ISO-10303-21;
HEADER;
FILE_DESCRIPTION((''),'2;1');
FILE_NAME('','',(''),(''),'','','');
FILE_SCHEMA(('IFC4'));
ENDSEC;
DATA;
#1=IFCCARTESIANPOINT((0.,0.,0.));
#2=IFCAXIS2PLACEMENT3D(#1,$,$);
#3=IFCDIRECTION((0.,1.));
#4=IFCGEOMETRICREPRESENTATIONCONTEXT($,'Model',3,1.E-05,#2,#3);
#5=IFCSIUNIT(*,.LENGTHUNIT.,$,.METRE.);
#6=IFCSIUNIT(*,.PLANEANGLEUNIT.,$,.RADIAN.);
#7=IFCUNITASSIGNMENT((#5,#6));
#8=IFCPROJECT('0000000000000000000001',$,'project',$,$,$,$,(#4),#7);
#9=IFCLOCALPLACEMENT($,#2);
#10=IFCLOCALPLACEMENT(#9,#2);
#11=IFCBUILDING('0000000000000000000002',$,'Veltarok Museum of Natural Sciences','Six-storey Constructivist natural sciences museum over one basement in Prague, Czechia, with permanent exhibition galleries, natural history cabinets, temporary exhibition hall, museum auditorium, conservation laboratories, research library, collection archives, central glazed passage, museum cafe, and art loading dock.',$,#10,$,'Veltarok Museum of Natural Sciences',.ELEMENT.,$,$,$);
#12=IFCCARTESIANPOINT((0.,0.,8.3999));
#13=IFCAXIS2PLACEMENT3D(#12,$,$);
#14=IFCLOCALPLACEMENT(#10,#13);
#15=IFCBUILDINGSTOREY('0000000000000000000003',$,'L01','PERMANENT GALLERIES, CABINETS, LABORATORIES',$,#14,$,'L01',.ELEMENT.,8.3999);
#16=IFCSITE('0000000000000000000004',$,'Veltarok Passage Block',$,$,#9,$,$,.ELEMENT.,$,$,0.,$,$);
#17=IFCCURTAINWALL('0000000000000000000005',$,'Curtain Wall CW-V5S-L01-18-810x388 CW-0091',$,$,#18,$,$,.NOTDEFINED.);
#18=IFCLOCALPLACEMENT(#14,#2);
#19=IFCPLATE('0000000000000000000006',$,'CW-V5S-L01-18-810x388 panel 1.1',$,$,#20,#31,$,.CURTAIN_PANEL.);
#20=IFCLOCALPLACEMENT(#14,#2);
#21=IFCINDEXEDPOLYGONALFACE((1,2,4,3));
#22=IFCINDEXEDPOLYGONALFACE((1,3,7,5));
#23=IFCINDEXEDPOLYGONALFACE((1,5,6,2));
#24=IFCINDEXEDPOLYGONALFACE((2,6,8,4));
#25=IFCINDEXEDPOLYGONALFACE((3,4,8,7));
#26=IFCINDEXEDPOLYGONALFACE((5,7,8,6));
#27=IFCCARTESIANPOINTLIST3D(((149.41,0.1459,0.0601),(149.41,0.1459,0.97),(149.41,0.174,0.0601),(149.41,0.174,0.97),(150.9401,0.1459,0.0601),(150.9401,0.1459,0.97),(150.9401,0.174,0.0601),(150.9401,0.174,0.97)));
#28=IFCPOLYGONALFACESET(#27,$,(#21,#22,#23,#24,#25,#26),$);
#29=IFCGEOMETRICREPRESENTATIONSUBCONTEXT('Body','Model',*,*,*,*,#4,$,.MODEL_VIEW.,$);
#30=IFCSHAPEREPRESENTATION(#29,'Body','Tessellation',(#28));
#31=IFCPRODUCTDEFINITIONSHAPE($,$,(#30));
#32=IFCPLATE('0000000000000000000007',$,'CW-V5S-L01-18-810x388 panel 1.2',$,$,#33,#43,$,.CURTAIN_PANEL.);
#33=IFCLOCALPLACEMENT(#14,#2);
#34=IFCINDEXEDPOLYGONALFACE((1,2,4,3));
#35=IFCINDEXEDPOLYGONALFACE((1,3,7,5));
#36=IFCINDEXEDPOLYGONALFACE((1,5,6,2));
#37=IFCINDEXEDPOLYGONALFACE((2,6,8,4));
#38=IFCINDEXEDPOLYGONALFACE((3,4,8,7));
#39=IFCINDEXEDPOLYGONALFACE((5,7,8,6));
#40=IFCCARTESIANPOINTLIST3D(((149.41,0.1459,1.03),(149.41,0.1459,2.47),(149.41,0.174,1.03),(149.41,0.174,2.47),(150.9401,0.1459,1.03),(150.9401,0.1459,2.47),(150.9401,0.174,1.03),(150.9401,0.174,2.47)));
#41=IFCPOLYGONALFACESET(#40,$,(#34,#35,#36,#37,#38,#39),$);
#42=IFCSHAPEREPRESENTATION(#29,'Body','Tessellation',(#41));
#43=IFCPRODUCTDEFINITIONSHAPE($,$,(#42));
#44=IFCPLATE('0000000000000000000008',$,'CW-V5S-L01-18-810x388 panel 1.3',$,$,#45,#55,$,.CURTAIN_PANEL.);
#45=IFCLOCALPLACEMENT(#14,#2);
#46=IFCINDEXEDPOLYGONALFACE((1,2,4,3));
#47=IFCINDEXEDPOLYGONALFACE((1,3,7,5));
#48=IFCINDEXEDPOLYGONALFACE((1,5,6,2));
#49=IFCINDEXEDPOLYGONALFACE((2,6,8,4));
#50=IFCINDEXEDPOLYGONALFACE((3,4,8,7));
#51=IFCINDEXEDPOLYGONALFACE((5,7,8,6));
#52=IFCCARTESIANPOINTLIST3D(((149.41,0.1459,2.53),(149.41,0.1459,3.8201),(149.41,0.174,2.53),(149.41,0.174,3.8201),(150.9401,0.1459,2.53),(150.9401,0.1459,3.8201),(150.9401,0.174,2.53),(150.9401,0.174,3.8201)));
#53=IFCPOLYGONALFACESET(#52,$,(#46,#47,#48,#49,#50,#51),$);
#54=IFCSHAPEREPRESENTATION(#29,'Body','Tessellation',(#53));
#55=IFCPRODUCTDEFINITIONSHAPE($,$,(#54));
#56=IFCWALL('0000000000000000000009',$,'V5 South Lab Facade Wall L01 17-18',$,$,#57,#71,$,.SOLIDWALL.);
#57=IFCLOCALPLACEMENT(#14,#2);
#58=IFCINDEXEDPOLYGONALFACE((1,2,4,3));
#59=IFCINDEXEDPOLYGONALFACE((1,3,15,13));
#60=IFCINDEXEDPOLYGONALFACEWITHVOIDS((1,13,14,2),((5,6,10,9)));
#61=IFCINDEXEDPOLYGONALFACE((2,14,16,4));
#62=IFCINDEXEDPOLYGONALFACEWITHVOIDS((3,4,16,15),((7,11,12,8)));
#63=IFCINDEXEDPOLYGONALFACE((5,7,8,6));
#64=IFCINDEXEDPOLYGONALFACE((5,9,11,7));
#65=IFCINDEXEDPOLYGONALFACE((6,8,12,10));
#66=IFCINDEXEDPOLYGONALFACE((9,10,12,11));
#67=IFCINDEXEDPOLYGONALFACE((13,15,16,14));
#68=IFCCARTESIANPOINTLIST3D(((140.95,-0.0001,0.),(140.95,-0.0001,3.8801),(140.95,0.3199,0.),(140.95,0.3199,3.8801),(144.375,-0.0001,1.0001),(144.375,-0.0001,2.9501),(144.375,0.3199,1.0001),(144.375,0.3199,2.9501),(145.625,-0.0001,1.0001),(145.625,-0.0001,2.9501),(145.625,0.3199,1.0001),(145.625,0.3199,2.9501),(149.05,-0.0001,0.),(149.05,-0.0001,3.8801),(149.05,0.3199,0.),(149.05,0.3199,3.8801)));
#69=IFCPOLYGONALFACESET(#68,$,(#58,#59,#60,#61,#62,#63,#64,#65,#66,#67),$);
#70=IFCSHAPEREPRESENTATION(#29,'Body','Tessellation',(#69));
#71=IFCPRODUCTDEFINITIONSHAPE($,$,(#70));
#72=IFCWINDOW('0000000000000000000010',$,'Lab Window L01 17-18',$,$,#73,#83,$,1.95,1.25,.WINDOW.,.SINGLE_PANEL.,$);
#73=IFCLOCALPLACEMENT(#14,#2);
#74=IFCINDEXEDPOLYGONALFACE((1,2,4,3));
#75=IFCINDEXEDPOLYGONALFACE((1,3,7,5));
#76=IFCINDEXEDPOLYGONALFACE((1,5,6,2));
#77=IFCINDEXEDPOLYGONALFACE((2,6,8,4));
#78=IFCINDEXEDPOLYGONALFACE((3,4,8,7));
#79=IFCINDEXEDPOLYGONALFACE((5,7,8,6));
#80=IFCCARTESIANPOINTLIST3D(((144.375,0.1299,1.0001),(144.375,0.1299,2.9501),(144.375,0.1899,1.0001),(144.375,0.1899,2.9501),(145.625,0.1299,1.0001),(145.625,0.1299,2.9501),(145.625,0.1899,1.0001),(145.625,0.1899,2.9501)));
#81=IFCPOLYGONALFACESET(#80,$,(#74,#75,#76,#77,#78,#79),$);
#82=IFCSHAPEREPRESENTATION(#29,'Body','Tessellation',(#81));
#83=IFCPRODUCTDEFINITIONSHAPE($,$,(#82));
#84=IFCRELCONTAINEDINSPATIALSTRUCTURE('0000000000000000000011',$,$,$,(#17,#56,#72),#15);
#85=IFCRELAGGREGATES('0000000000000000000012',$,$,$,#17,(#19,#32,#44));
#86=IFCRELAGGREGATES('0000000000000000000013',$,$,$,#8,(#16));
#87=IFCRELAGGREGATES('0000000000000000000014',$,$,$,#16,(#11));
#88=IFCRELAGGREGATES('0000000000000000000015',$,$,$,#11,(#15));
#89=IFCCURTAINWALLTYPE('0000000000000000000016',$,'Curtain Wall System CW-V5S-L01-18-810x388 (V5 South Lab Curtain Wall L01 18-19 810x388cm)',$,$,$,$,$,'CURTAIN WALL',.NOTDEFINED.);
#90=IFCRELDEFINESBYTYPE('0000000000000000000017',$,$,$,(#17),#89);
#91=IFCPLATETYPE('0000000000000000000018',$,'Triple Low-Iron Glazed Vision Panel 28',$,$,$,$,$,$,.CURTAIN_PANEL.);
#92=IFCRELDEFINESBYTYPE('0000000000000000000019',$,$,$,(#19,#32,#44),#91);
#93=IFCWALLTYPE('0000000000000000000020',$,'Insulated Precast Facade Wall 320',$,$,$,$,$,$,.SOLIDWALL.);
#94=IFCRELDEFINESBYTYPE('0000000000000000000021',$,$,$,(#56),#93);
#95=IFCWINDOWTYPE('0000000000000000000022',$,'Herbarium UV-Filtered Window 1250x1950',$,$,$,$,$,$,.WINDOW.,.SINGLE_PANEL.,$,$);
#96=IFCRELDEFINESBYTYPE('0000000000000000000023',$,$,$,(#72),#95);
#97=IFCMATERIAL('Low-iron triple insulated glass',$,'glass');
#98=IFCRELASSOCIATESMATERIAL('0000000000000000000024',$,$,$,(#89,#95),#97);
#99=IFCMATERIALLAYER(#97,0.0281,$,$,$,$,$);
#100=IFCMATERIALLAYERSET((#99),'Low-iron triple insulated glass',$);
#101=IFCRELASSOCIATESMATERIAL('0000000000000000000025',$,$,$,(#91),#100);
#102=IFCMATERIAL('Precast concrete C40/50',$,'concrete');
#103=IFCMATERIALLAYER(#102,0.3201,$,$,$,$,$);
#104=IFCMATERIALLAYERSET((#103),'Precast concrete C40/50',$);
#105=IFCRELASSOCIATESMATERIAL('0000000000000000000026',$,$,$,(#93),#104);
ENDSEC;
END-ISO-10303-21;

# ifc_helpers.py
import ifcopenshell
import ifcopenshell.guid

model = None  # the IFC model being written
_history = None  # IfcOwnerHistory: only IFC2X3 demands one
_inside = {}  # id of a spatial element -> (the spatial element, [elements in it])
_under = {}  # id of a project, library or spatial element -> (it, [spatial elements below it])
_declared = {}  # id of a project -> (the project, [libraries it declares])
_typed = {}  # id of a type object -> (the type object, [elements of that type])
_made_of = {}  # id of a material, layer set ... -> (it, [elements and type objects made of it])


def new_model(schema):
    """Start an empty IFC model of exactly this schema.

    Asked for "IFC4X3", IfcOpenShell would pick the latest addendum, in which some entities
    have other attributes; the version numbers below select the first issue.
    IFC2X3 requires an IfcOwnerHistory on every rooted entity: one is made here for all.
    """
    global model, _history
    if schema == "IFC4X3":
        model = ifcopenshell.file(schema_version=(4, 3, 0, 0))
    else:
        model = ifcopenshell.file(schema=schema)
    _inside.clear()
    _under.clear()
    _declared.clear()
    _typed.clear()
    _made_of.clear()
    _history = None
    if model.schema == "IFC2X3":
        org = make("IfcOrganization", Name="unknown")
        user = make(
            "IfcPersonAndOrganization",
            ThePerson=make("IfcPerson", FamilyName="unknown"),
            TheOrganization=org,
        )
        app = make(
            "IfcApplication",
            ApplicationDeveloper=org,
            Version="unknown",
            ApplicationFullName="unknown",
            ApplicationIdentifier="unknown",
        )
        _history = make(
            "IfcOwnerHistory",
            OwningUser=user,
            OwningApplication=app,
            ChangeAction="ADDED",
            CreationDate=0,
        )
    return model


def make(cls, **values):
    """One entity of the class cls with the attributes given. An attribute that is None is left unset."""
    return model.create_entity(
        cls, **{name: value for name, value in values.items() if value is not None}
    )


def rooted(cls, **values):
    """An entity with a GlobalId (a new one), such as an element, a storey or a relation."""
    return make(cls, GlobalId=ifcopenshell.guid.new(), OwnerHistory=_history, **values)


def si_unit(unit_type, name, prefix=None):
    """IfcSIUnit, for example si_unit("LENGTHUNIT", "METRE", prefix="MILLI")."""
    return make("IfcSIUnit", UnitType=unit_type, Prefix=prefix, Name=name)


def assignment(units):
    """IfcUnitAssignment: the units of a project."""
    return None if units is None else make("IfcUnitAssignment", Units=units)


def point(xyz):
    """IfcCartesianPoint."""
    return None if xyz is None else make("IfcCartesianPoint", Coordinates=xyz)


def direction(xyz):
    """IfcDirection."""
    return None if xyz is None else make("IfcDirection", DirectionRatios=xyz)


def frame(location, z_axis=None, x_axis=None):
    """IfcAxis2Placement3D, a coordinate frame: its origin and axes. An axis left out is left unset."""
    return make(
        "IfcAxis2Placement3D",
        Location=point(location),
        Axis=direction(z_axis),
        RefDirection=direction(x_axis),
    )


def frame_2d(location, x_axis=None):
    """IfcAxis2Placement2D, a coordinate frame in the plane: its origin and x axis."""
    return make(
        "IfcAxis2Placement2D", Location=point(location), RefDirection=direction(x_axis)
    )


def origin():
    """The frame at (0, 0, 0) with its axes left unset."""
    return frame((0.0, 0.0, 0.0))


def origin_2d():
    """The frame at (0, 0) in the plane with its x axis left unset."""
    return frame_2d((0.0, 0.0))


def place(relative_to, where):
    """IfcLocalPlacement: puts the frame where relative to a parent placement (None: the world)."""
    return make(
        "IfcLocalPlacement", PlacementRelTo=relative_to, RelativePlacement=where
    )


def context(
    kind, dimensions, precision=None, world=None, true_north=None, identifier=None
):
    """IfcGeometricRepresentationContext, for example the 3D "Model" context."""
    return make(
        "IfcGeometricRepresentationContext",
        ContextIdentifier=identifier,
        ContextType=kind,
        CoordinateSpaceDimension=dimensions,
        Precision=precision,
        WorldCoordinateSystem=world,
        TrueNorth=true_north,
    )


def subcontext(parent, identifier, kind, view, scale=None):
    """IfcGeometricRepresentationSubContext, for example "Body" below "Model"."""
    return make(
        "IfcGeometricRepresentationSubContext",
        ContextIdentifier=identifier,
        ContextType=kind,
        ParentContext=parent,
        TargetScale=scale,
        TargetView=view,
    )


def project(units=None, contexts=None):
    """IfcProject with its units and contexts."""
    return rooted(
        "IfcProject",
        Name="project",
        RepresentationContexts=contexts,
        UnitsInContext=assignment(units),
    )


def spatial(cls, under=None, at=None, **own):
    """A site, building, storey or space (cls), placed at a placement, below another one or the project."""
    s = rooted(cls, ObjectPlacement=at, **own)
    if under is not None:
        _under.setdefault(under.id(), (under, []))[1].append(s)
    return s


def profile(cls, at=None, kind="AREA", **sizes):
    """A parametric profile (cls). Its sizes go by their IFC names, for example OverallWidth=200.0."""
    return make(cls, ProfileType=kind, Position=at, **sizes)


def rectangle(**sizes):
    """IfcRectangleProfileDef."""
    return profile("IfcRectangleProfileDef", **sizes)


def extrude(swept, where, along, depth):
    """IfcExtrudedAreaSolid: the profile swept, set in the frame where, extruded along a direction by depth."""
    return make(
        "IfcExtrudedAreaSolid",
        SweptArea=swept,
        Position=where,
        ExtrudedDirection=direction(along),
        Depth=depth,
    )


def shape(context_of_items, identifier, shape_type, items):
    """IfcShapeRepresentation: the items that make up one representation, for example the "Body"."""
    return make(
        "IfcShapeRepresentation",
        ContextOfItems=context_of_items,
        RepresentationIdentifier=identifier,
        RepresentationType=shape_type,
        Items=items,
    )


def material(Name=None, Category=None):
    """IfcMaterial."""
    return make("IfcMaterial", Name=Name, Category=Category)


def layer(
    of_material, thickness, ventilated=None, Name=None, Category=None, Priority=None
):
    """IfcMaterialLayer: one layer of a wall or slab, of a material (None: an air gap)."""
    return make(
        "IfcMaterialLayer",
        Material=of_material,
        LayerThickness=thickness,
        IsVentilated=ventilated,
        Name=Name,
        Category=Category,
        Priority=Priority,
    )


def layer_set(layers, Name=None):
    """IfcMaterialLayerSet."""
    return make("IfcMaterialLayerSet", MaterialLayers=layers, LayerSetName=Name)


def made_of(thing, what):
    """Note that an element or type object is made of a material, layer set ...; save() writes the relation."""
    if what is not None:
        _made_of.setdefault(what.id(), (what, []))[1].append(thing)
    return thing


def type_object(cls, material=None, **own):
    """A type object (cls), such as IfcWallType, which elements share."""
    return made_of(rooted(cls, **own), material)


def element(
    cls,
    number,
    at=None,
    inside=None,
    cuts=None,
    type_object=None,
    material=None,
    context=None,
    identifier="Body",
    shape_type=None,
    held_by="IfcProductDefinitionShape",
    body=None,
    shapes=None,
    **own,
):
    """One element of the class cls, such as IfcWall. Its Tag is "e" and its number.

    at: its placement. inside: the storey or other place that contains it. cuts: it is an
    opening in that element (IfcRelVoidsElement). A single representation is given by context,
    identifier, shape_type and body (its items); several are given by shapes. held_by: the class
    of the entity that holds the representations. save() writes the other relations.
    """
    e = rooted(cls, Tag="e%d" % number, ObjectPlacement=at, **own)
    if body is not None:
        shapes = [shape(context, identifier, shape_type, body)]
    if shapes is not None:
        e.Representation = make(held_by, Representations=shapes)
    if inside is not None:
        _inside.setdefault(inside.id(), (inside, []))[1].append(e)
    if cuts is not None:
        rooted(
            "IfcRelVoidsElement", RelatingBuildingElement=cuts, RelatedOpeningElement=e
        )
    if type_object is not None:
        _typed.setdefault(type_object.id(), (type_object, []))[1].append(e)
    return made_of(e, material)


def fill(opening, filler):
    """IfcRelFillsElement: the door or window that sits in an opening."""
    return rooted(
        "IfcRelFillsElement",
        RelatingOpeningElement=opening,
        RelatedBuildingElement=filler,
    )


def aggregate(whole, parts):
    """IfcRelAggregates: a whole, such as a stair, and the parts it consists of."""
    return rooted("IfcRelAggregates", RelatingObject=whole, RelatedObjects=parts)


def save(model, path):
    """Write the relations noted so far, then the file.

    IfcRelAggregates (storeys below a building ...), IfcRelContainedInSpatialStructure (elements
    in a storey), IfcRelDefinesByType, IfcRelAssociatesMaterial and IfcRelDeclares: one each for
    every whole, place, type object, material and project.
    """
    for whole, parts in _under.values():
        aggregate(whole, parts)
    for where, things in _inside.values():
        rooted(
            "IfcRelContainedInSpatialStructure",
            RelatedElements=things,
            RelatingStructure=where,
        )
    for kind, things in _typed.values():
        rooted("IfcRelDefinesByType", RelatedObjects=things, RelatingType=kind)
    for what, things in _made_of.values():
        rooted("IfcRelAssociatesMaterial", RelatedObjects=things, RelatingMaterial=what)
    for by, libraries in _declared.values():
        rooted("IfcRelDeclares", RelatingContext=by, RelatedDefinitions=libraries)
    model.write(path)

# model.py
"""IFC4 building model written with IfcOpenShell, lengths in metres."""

from ifc_helpers import new_model, si_unit, direction, frame, frame_2d, origin, origin_2d, place, context, subcontext, project, spatial, rectangle, extrude, material, layer, layer_set, type_object, element, fill, aggregate, save


model = new_model("IFC4")

# Units and contexts
model_context = context("Model", 3, precision=1e-05, world=origin(), true_north=direction((0.0, 1.0)))
body_context = subcontext(model_context, "Body", "Model", "MODEL_VIEW")
ifc_project = project(units=[si_unit("LENGTHUNIT", "METRE"), si_unit("PLANEANGLEUNIT", "RADIAN")], contexts=[model_context])

# Site, building, storey
site_placement = place(None, origin())
site = spatial("IfcSite", under=ifc_project, at=site_placement, Name="Veltarok Passage Block", CompositionType="ELEMENT", RefElevation=0.0)
building_placement = place(site_placement, origin())
building = spatial("IfcBuilding", under=site, at=building_placement, Name="Veltarok Museum of Natural Sciences", Description="Six-storey Constructivist natural sciences museum over one basement in Prague, Czechia, with permanent exhibition galleries, natural history cabinets, temporary exhibition hall, museum auditorium, conservation laboratories, research library, collection archives, central glazed passage, museum cafe, and art loading dock.", LongName="Veltarok Museum of Natural Sciences", CompositionType="ELEMENT")
storey_placement = place(building_placement, frame((0.0, 0.0, 8.3999)))
storey = spatial("IfcBuildingStorey", under=building, at=storey_placement, Name="L01", Description="PERMANENT GALLERIES, CABINETS, LABORATORIES", LongName="L01", CompositionType="ELEMENT", Elevation=8.3999)

# Curtain wall
ifc_material_1 = material(Name="Low-iron triple insulated glass", Category="glass")
curtain_wall_type_1 = type_object("IfcCurtainWallType", Name="Curtain Wall System CW-V5S-L01-18-810x388 (V5 South Lab Curtain Wall L01 18-19 810x388cm)", ElementType="CURTAIN WALL", PredefinedType="NOTDEFINED", material=ifc_material_1)
curtain_wall_1_placement = place(storey_placement, origin())
curtain_wall_1 = element("IfcCurtainWall", 1, at=curtain_wall_1_placement, inside=storey, type_object=curtain_wall_type_1, Name="Curtain Wall CW-V5S-L01-18-810x388 CW-0091", PredefinedType="NOTDEFINED")

# Shared definitions
ifc_material_2 = material(Name="Precast concrete C40/50", Category="concrete")

# Plates
ifc_layer_1 = layer(ifc_material_1, 0.0281)
ifc_layer_set_1 = layer_set([ifc_layer_1], Name="Low-iron triple insulated glass")
plate_type = type_object("IfcPlateType", Name="Triple Low-Iron Glazed Vision Panel 28", PredefinedType="CURTAIN_PANEL", material=ifc_layer_set_1)
plate_1_placement = place(storey_placement, frame((150.175, 0.1599, 0.0601), z_axis=(0.0, 0.0, 1.0), x_axis=(1.0, 0.0, 0.0)))
plate_1 = element("IfcPlate", 2, at=plate_1_placement, type_object=plate_type, Name="CW-V5S-L01-18-810x388 panel 1.1", PredefinedType="CURTAIN_PANEL", context=body_context, shape_type="SweptSolid", body=[
    extrude(rectangle(XDim=1.53, YDim=0.0281, at=origin_2d()), origin(), (0.0, 0.0, 1.0), 0.9099),
])
plate_2_placement = place(storey_placement, frame((150.175, 0.1599, 1.03), z_axis=(0.0, 0.0, 1.0), x_axis=(1.0, 0.0, 0.0)))
plate_2 = element("IfcPlate", 3, at=plate_2_placement, type_object=plate_type, Name="CW-V5S-L01-18-810x388 panel 1.2", PredefinedType="CURTAIN_PANEL", context=body_context, shape_type="SweptSolid", body=[
    extrude(rectangle(XDim=1.53, YDim=0.0281, at=origin_2d()), origin(), (0.0, 0.0, 1.0), 1.4399),
])
plate_3_placement = place(storey_placement, frame((150.175, 0.1599, 2.53), z_axis=(0.0, 0.0, 1.0), x_axis=(1.0, 0.0, 0.0)))
plate_3 = element("IfcPlate", 4, at=plate_3_placement, type_object=plate_type, Name="CW-V5S-L01-18-810x388 panel 1.3", PredefinedType="CURTAIN_PANEL", context=body_context, shape_type="SweptSolid", body=[
    extrude(rectangle(XDim=1.53, YDim=0.0281, at=origin_2d()), origin(), (0.0, 0.0, 1.0), 1.29),
])
aggregate(curtain_wall_1, [plate_1, plate_2, plate_3])

# Wall, opening, window
ifc_layer_2 = layer(ifc_material_2, 0.3201)
ifc_layer_set_2 = layer_set([ifc_layer_2], Name="Precast concrete C40/50")
wall_type = type_object("IfcWallType", Name="Insulated Precast Facade Wall 320", PredefinedType="SOLIDWALL", material=ifc_layer_set_2)
wall_placement = place(storey_placement, frame((140.95, 0.1599, 0.0), z_axis=(0.0, 0.0, 1.0), x_axis=(1.0, 0.0, 0.0)))
wall = element("IfcWall", 5, at=wall_placement, inside=storey, type_object=wall_type, Name="V5 South Lab Facade Wall L01 17-18", PredefinedType="SOLIDWALL", context=body_context, shape_type="SweptSolid", body=[
    extrude(rectangle(XDim=8.1001, YDim=0.3201, at=frame_2d((4.05, 0.0))), origin(), (0.0, 0.0, 1.0), 3.8801),
])
opening_placement = place(wall_placement, frame((3.425, 0.0, 1.0)))
opening = element("IfcOpeningElement", 6, at=opening_placement, cuts=wall, PredefinedType="OPENING", context=body_context, shape_type="SweptSolid", body=[
    extrude(rectangle(XDim=1.25, YDim=1.95, at=frame_2d((0.625, 0.9751))), frame((0.0, 0.1699, 0.0), z_axis=(0.0, -1.0, 0.0), x_axis=(1.0, 0.0, 0.0)), (0.0, 0.0, 1.0), 0.3401),
])
window_type = type_object("IfcWindowType", Name="Herbarium UV-Filtered Window 1250x1950", PartitioningType="SINGLE_PANEL", PredefinedType="WINDOW", material=ifc_material_1)
window_placement = place(opening_placement, origin())
window = element("IfcWindow", 7, at=window_placement, inside=storey, type_object=window_type, Name="Lab Window L01 17-18", OverallHeight=1.95, OverallWidth=1.25, PartitioningType="SINGLE_PANEL", PredefinedType="WINDOW", context=body_context, shape_type="SweptSolid", body=[
    extrude(rectangle(XDim=1.25, YDim=1.95, at=frame_2d((0.625, 0.9751))), frame((0.0, 0.03, 0.0), z_axis=(0.0, -1.0, 0.0), x_axis=(1.0, 0.0, 0.0)), (0.0, 0.0, 1.0), 0.0601),
])
fill(opening, window)

save(model, "model.ifc")
